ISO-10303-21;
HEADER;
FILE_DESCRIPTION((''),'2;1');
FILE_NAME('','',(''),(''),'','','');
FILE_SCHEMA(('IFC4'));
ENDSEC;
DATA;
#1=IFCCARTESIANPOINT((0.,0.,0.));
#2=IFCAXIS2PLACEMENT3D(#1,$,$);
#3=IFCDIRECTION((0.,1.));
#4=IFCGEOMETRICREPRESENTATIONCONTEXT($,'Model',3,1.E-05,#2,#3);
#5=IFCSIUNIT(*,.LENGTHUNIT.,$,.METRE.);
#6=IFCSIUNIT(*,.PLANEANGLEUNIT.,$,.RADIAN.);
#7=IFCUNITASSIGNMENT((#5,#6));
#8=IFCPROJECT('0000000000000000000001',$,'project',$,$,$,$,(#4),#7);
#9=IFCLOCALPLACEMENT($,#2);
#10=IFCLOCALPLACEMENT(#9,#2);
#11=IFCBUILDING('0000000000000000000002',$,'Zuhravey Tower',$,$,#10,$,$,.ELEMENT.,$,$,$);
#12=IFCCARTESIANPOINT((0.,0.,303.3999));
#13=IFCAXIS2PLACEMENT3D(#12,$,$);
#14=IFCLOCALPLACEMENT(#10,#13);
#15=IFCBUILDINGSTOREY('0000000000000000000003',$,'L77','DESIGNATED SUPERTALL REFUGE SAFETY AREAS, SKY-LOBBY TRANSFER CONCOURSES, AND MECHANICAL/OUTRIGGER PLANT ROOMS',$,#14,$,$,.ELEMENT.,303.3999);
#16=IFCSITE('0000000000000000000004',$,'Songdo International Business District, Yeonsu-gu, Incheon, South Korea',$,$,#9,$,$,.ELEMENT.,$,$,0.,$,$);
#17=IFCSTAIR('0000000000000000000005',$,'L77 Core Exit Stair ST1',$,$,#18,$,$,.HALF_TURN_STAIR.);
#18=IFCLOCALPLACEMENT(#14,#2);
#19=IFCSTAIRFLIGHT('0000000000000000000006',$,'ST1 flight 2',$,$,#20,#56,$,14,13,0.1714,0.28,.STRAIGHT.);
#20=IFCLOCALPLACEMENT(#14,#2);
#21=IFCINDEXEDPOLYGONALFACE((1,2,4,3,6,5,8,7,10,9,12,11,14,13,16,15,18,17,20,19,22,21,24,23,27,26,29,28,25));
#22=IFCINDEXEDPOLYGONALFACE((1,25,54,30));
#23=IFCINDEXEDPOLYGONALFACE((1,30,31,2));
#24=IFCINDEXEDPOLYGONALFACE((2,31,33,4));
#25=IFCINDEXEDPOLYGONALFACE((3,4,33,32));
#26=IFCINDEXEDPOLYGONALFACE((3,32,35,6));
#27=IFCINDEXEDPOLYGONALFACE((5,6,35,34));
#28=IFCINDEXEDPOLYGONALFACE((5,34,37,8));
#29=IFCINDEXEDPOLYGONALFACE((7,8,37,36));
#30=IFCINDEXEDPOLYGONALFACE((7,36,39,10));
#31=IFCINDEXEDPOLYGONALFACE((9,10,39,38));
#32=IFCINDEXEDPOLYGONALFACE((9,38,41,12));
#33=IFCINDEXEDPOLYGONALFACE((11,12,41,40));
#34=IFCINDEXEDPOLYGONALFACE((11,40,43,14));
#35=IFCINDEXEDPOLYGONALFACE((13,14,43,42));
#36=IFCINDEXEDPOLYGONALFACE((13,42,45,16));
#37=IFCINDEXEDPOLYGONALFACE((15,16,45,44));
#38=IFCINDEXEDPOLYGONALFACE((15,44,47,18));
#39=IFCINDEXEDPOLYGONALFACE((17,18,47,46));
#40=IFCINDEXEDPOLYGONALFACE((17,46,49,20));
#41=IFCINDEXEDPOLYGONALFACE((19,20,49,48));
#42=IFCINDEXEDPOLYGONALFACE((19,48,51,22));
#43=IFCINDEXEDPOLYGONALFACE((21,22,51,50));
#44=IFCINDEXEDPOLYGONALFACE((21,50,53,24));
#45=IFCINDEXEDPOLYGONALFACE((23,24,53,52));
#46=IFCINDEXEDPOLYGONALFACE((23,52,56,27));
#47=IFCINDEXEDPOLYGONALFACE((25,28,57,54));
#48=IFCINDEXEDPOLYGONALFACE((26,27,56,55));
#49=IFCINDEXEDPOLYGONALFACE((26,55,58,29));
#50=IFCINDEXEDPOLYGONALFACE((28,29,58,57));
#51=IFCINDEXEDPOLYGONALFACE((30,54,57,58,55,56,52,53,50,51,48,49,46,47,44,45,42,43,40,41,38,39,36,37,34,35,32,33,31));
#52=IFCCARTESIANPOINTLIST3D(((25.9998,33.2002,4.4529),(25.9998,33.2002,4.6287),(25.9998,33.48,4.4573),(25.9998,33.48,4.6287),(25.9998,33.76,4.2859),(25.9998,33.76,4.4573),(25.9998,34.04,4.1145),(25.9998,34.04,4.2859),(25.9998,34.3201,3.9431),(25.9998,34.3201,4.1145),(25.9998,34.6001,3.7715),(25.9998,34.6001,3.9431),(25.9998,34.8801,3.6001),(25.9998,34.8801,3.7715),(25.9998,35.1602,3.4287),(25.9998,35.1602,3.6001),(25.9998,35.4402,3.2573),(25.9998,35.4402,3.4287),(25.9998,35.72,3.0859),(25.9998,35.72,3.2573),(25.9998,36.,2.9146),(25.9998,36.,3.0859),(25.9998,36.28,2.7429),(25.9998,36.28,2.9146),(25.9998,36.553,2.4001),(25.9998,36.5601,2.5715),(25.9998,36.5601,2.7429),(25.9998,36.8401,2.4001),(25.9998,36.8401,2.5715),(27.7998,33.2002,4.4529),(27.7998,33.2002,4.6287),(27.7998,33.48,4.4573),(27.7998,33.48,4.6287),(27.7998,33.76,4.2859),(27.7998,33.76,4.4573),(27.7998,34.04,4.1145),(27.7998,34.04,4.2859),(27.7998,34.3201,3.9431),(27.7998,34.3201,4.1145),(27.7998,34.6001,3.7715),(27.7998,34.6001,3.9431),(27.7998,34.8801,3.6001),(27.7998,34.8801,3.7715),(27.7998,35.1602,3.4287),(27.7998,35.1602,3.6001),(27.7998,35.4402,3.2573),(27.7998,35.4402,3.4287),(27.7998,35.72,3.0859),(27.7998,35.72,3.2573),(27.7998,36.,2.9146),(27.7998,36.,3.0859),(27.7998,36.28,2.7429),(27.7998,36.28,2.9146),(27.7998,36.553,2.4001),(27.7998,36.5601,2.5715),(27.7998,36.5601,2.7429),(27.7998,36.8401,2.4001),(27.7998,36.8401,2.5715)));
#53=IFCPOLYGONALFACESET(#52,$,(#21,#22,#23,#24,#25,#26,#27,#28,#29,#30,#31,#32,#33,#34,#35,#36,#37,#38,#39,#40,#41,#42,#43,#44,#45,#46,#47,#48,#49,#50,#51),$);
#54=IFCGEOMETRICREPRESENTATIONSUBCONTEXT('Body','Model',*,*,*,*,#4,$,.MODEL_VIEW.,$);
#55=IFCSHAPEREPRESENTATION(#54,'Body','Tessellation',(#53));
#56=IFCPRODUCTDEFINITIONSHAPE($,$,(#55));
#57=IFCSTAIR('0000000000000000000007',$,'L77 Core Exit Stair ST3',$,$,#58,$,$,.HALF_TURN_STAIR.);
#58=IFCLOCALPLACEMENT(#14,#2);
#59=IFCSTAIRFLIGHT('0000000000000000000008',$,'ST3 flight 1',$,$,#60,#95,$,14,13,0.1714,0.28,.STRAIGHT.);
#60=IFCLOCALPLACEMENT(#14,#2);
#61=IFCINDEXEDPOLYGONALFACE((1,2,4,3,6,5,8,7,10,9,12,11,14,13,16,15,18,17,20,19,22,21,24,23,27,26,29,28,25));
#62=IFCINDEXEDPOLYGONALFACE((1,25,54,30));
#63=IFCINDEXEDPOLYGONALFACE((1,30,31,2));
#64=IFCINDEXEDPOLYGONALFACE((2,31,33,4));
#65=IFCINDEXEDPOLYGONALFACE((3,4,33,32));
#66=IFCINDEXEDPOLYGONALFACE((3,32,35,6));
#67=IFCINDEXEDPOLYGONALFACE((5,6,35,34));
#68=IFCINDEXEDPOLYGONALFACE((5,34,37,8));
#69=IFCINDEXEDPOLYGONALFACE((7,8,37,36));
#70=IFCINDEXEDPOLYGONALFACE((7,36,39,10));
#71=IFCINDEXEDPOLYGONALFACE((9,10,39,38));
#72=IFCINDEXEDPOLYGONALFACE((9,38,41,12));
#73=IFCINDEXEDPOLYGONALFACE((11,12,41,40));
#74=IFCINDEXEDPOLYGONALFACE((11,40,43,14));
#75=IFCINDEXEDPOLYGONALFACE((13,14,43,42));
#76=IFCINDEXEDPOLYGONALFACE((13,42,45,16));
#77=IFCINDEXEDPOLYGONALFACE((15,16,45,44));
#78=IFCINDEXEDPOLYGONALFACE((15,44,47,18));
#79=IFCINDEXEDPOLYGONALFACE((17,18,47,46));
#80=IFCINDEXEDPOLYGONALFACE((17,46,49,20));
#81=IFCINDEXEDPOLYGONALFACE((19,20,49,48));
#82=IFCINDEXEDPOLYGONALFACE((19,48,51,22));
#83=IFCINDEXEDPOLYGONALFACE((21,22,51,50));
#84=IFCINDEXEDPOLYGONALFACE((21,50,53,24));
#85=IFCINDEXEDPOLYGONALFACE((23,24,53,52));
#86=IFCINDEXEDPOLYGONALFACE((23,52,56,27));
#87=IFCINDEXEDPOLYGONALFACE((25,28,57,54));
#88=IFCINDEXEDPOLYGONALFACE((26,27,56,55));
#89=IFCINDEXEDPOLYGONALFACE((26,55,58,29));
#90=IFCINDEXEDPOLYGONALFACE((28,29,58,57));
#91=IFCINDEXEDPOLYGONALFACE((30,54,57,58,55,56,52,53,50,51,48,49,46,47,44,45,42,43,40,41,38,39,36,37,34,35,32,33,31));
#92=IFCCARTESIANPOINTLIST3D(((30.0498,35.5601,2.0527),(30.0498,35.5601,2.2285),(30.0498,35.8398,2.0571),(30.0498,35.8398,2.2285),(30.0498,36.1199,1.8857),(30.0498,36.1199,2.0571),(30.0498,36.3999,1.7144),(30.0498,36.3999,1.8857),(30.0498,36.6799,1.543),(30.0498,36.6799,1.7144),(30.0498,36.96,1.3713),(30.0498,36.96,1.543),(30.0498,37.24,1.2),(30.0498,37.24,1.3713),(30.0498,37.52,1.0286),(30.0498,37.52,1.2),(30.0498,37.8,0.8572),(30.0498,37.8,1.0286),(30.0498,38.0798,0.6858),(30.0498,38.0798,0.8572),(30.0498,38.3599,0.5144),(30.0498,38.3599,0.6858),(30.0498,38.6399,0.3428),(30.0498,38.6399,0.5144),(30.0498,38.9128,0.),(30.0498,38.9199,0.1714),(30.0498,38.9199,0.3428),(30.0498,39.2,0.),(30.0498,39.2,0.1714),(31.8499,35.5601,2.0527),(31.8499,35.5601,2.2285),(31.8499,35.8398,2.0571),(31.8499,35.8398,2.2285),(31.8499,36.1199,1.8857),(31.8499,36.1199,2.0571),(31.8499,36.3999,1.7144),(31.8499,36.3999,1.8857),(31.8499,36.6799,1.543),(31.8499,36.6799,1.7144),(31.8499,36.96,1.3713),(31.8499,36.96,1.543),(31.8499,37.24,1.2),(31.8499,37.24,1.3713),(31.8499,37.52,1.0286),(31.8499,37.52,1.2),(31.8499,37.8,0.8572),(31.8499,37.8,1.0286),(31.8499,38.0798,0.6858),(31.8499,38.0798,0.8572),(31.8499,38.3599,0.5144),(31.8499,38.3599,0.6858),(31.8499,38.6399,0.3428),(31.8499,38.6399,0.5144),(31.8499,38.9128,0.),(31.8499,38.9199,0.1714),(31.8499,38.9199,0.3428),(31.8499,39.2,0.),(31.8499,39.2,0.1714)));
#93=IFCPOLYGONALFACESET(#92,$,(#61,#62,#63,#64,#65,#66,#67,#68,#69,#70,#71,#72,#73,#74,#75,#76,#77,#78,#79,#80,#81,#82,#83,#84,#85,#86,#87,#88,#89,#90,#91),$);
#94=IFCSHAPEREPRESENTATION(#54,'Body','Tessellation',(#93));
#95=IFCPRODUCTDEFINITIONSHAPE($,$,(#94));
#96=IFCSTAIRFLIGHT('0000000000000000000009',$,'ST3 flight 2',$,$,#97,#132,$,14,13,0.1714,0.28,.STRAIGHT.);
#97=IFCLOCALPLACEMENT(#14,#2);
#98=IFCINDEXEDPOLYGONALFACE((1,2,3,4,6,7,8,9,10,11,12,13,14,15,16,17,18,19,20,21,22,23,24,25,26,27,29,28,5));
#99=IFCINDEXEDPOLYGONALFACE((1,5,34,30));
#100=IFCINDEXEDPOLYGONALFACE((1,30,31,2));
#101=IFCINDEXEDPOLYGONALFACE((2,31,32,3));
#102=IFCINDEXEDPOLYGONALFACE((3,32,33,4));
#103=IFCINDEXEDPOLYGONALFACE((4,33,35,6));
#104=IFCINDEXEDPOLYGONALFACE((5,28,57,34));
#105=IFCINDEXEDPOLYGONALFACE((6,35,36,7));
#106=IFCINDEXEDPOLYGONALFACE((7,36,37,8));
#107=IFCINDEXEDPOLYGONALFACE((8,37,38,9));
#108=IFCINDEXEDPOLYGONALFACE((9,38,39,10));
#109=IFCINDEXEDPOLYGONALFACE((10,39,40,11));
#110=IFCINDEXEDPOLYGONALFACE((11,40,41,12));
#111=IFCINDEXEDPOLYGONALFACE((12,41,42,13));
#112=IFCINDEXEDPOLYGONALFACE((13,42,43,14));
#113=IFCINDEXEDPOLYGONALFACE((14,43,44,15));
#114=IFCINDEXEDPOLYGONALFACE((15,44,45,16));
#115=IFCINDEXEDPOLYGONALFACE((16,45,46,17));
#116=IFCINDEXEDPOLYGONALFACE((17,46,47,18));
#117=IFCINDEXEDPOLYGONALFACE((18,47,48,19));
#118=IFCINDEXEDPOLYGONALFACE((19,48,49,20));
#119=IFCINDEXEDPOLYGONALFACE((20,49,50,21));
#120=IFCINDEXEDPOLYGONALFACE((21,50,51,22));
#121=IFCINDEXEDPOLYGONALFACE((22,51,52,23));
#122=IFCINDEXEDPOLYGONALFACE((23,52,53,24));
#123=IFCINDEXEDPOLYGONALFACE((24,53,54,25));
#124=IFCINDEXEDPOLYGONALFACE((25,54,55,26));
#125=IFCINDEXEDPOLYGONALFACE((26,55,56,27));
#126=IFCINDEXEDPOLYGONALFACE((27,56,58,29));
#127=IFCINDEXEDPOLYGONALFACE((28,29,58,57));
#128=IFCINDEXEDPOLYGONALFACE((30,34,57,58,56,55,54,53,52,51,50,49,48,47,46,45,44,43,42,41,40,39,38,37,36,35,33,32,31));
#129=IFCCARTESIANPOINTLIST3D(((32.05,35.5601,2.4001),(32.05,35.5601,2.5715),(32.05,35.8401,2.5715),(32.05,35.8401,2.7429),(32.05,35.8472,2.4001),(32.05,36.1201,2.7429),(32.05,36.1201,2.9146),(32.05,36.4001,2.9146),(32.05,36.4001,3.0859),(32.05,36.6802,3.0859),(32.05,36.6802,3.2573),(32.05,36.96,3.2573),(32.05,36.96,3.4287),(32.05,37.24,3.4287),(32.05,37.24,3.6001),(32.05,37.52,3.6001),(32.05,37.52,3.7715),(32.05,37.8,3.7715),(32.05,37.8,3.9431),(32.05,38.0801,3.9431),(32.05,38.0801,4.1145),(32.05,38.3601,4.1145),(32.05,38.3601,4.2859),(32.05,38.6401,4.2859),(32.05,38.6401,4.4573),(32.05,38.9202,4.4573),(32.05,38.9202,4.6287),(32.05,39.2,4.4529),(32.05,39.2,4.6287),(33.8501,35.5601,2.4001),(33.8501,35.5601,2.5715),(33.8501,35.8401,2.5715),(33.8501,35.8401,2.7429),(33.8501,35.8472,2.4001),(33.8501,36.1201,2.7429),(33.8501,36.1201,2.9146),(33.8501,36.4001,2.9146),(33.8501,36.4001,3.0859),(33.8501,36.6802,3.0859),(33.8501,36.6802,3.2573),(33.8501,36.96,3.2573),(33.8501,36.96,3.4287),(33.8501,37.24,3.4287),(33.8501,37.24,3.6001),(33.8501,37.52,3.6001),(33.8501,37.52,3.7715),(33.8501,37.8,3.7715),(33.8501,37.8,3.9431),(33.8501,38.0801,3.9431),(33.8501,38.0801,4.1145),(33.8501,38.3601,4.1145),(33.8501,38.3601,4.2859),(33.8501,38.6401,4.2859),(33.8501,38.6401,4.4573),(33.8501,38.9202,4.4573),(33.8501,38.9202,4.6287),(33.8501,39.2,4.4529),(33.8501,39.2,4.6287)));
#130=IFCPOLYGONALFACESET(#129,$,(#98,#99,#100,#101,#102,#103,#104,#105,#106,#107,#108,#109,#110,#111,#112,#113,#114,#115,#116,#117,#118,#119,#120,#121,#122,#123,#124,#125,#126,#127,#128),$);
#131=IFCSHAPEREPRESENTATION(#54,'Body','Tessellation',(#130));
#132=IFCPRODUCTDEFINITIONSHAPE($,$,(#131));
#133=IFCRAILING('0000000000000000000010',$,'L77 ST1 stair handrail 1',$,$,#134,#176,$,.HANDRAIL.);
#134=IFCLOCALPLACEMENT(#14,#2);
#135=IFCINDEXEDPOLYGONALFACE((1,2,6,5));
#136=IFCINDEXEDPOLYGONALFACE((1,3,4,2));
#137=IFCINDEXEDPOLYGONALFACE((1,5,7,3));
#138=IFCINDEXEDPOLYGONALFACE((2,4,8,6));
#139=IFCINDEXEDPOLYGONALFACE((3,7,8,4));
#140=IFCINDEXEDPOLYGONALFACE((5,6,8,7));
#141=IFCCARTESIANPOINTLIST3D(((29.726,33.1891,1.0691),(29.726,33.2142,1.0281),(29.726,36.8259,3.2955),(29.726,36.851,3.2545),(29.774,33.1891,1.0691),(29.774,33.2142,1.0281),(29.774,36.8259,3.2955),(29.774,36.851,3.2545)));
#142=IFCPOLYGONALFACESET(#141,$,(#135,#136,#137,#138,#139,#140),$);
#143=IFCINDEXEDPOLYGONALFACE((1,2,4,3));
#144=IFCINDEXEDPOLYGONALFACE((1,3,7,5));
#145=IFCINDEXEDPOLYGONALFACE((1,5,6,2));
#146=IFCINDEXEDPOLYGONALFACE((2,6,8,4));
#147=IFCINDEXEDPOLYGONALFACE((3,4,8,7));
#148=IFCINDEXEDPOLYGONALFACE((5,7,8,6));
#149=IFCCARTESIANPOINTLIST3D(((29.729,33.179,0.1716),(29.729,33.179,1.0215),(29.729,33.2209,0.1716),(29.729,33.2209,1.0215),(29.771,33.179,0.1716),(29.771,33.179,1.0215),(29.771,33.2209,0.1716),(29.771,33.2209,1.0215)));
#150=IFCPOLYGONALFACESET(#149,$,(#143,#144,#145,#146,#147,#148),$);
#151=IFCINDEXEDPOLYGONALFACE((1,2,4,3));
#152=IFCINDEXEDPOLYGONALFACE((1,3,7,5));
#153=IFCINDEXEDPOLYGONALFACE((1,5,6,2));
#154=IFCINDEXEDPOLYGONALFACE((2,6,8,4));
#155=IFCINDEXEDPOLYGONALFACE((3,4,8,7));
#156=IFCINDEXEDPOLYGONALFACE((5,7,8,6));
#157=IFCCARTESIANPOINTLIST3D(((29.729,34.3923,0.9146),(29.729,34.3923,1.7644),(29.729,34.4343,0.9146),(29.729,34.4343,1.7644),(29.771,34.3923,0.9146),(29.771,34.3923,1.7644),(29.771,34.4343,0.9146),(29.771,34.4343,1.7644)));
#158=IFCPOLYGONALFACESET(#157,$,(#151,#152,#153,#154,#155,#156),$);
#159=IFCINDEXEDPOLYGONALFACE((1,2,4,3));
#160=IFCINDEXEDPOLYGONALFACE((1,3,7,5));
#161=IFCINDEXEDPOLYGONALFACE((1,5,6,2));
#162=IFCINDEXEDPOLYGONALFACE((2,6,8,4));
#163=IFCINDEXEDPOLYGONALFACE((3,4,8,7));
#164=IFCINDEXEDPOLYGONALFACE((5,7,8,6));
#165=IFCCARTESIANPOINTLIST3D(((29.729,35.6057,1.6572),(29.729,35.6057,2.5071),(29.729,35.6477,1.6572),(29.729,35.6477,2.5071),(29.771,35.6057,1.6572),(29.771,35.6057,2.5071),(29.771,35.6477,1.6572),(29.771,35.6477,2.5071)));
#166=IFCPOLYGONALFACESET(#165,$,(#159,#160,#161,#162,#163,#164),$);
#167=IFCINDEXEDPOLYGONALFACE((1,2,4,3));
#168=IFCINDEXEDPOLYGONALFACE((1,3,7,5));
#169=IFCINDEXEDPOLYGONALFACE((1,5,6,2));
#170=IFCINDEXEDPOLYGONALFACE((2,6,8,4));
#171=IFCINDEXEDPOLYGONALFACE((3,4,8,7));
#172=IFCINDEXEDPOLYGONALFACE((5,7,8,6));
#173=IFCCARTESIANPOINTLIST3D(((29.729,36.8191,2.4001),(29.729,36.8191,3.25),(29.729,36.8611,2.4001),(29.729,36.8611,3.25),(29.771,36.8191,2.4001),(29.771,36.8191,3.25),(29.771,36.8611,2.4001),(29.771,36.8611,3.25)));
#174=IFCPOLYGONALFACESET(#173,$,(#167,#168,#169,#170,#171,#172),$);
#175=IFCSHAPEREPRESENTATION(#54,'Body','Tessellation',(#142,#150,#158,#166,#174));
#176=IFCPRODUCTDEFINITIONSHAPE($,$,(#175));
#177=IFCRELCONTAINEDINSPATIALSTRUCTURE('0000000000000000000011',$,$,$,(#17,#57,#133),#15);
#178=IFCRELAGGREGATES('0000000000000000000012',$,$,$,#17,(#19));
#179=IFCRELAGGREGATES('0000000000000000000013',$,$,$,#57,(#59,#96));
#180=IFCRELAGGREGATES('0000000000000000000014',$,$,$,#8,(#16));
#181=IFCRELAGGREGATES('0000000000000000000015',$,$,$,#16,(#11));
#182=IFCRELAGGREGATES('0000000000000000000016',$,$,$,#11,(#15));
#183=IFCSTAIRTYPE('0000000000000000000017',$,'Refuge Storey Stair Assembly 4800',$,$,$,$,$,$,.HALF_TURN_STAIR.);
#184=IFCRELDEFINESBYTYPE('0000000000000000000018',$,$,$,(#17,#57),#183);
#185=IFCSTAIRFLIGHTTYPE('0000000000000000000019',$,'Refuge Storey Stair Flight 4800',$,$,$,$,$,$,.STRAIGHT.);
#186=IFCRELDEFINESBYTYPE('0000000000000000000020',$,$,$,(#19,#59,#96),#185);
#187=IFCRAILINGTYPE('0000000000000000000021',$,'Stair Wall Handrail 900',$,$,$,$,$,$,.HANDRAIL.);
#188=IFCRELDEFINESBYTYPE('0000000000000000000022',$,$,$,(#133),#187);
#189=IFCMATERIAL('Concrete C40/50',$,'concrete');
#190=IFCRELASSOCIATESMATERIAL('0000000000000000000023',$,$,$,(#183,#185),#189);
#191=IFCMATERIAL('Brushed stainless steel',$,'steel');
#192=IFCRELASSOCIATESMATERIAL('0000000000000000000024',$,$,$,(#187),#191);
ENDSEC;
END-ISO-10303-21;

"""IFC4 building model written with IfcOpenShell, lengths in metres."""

from ifc_helpers import new_model, si_unit, direction, frame, origin, origin_2d, place, context, subcontext, project, spatial, polyline, rectangle, outline, extrude, material, type_object, element, aggregate, save


model = new_model("IFC4")

# Units and contexts
model_context = context("Model", 3, precision=1e-05, world=origin(), true_north=direction((0.0, 1.0)))
body_context = subcontext(model_context, "Body", "Model", "MODEL_VIEW")
ifc_project = project(units=[si_unit("LENGTHUNIT", "METRE"), si_unit("PLANEANGLEUNIT", "RADIAN")], contexts=[model_context])

# Site, building, storey
site_placement = place(None, origin())
site = spatial("IfcSite", under=ifc_project, at=site_placement, Name="Songdo International Business District, Yeonsu-gu, Incheon, South Korea", CompositionType="ELEMENT", RefElevation=0.0)
building_placement = place(site_placement, origin())
building = spatial("IfcBuilding", under=site, at=building_placement, Name="Zuhravey Tower", CompositionType="ELEMENT")
storey_placement = place(building_placement, frame((0.0, 0.0, 303.3999)))
storey = spatial("IfcBuildingStorey", under=building, at=storey_placement, Name="L77", Description="DESIGNATED SUPERTALL REFUGE SAFETY AREAS, SKY-LOBBY TRANSFER CONCOURSES, AND MECHANICAL/OUTRIGGER PLANT ROOMS", CompositionType="ELEMENT", Elevation=303.3999)

# Stairs, stair flights
ifc_material_1 = material(Name="Concrete C40/50", Category="concrete")
stair_type = type_object("IfcStairType", Name="Refuge Storey Stair Assembly 4800", PredefinedType="HALF_TURN_STAIR", material=ifc_material_1)
stair_1_placement = place(storey_placement, origin())
stair_1 = element("IfcStair", 1, at=stair_1_placement, inside=storey, type_object=stair_type, Name="L77 Core Exit Stair ST1", PredefinedType="HALF_TURN_STAIR")
stair_flight_type = type_object("IfcStairFlightType", Name="Refuge Storey Stair Flight 4800", PredefinedType="STRAIGHT", material=ifc_material_1)
stair_flight_1_placement = place(storey_placement, frame((26.8999, 36.8401, 2.4001), z_axis=(0.0, 0.0, 1.0), x_axis=(0.0, -1.0, 0.0)))
stair_flight_1 = element("IfcStairFlight", 2, at=stair_flight_1_placement, type_object=stair_flight_type, Name="ST1 flight 2", NumberOfRisers=14, NumberOfTreads=13, PredefinedType="STRAIGHT", RiserHeight=0.1714, TreadLength=0.28, context=body_context, shape_type="SweptSolid", body=[
    extrude(outline(polyline([(0.0, 0.0), (0.0, 0.1714), (0.28, 0.1714), (0.28, 0.3428), (0.5601, 0.3428), (0.5601, 0.5144), (0.8401, 0.5144), (0.8401, 0.6858), (1.1201, 0.6858), (1.1201, 0.8572), (1.3999, 0.8572), (1.3999, 1.0286), (1.6799, 1.0286), (1.6799, 1.2), (1.96, 1.2), (1.96, 1.3713), (2.24, 1.3713), (2.24, 1.543), (2.52, 1.543), (2.52, 1.7144), (2.8, 1.7144), (2.8, 1.8857), (3.0801, 1.8857), (3.0801, 2.0571), (3.3601, 2.0571), (3.3601, 2.2285), (3.6399, 2.2285), (3.6399, 2.3999), (3.6399, 2.0527), (0.2871, 0.0), (0.0, 0.0)])), frame((0.0, 0.8999, 0.0), z_axis=(0.0, -1.0, 0.0), x_axis=(1.0, 0.0, 0.0)), (0.0, 0.0, 1.0), 1.8),
])
aggregate(stair_1, [stair_flight_1])
stair_2_placement = place(storey_placement, origin())
stair_2 = element("IfcStair", 3, at=stair_2_placement, inside=storey, type_object=stair_type, Name="L77 Core Exit Stair ST3", PredefinedType="HALF_TURN_STAIR")
stair_flight_2_placement = place(storey_placement, frame((30.95, 39.2, 0.0), z_axis=(0.0, 0.0, 1.0), x_axis=(0.0, -1.0, 0.0)))
stair_flight_2 = element("IfcStairFlight", 4, at=stair_flight_2_placement, type_object=stair_flight_type, Name="ST3 flight 1", NumberOfRisers=14, NumberOfTreads=13, PredefinedType="STRAIGHT", RiserHeight=0.1714, TreadLength=0.28, context=body_context, shape_type="SweptSolid", body=[
    extrude(outline(polyline([(0.0, 0.0), (0.0, 0.1714), (0.28, 0.1714), (0.28, 0.3428), (0.5601, 0.3428), (0.5601, 0.5144), (0.8401, 0.5144), (0.8401, 0.6858), (1.1201, 0.6858), (1.1201, 0.8572), (1.3999, 0.8572), (1.3999, 1.0286), (1.6799, 1.0286), (1.6799, 1.2), (1.96, 1.2), (1.96, 1.3713), (2.24, 1.3713), (2.24, 1.543), (2.52, 1.543), (2.52, 1.7144), (2.8, 1.7144), (2.8, 1.8857), (3.0801, 1.8857), (3.0801, 2.0571), (3.3601, 2.0571), (3.3601, 2.2285), (3.6399, 2.2285), (3.6399, 2.3999), (3.6399, 2.0527), (0.2871, 0.0), (0.0, 0.0)])), frame((0.0, 0.8999, 0.0), z_axis=(0.0, -1.0, 0.0), x_axis=(1.0, 0.0, 0.0)), (0.0, 0.0, 1.0), 1.8),
])
stair_flight_3_placement = place(storey_placement, frame((32.95, 35.5601, 2.4001), z_axis=(0.0, 0.0, 1.0), x_axis=(0.0, 1.0, 0.0)))
stair_flight_3 = element("IfcStairFlight", 5, at=stair_flight_3_placement, type_object=stair_flight_type, Name="ST3 flight 2", NumberOfRisers=14, NumberOfTreads=13, PredefinedType="STRAIGHT", RiserHeight=0.1714, TreadLength=0.28, context=body_context, shape_type="SweptSolid", body=[
    extrude(outline(polyline([(0.0, 0.0), (0.0, 0.1714), (0.28, 0.1714), (0.28, 0.3428), (0.5601, 0.3428), (0.5601, 0.5144), (0.8401, 0.5144), (0.8401, 0.6858), (1.1201, 0.6858), (1.1201, 0.8572), (1.3999, 0.8572), (1.3999, 1.0286), (1.6799, 1.0286), (1.6799, 1.2), (1.96, 1.2), (1.96, 1.3713), (2.24, 1.3713), (2.24, 1.543), (2.52, 1.543), (2.52, 1.7144), (2.8, 1.7144), (2.8, 1.8857), (3.0801, 1.8857), (3.0801, 2.0571), (3.3601, 2.0571), (3.3601, 2.2285), (3.6399, 2.2285), (3.6399, 2.3999), (3.6399, 2.0527), (0.2871, 0.0), (0.0, 0.0)])), frame((0.0, 0.8999, 0.0), z_axis=(0.0, -1.0, 0.0), x_axis=(1.0, 0.0, 0.0)), (0.0, 0.0, 1.0), 1.8),
])
aggregate(stair_2, [stair_flight_2, stair_flight_3])

# Railing
ifc_material_2 = material(Name="Brushed stainless steel", Category="steel")
railing_type_1 = type_object("IfcRailingType", Name="Stair Wall Handrail 900", PredefinedType="HANDRAIL", material=ifc_material_2)
railing_1_placement = place(storey_placement, frame((29.75, 33.2, 0.1716)))
element("IfcRailing", 6, at=railing_1_placement, inside=storey, type_object=railing_type_1, Name="L77 ST1 stair handrail 1", PredefinedType="HANDRAIL", context=body_context, shape_type="SweptSolid", body=[
    extrude(rectangle(XDim=0.0481, YDim=0.0481, at=origin_2d()), frame((0.0, 0.0017, 0.877), z_axis=(0.0, 0.852866, 0.52213), x_axis=(-1.0, 0.0, 0.0)), (0.0, 0.0, 1.0), 4.2642),
    extrude(rectangle(XDim=0.042, YDim=0.042, at=origin_2d()), origin(), (0.0, 0.0, 1.0), 0.8499),
    extrude(rectangle(XDim=0.042, YDim=0.042, at=origin_2d()), frame((0.0, 1.2134, 0.7429)), (0.0, 0.0, 1.0), 0.8499),
    extrude(rectangle(XDim=0.042, YDim=0.042, at=origin_2d()), frame((0.0, 2.4268, 1.4856)), (0.0, 0.0, 1.0), 0.8499),
    extrude(rectangle(XDim=0.042, YDim=0.042, at=origin_2d()), frame((0.0, 3.6401, 2.2285)), (0.0, 0.0, 1.0), 0.8499),
])

save(model, "model.ifc")
